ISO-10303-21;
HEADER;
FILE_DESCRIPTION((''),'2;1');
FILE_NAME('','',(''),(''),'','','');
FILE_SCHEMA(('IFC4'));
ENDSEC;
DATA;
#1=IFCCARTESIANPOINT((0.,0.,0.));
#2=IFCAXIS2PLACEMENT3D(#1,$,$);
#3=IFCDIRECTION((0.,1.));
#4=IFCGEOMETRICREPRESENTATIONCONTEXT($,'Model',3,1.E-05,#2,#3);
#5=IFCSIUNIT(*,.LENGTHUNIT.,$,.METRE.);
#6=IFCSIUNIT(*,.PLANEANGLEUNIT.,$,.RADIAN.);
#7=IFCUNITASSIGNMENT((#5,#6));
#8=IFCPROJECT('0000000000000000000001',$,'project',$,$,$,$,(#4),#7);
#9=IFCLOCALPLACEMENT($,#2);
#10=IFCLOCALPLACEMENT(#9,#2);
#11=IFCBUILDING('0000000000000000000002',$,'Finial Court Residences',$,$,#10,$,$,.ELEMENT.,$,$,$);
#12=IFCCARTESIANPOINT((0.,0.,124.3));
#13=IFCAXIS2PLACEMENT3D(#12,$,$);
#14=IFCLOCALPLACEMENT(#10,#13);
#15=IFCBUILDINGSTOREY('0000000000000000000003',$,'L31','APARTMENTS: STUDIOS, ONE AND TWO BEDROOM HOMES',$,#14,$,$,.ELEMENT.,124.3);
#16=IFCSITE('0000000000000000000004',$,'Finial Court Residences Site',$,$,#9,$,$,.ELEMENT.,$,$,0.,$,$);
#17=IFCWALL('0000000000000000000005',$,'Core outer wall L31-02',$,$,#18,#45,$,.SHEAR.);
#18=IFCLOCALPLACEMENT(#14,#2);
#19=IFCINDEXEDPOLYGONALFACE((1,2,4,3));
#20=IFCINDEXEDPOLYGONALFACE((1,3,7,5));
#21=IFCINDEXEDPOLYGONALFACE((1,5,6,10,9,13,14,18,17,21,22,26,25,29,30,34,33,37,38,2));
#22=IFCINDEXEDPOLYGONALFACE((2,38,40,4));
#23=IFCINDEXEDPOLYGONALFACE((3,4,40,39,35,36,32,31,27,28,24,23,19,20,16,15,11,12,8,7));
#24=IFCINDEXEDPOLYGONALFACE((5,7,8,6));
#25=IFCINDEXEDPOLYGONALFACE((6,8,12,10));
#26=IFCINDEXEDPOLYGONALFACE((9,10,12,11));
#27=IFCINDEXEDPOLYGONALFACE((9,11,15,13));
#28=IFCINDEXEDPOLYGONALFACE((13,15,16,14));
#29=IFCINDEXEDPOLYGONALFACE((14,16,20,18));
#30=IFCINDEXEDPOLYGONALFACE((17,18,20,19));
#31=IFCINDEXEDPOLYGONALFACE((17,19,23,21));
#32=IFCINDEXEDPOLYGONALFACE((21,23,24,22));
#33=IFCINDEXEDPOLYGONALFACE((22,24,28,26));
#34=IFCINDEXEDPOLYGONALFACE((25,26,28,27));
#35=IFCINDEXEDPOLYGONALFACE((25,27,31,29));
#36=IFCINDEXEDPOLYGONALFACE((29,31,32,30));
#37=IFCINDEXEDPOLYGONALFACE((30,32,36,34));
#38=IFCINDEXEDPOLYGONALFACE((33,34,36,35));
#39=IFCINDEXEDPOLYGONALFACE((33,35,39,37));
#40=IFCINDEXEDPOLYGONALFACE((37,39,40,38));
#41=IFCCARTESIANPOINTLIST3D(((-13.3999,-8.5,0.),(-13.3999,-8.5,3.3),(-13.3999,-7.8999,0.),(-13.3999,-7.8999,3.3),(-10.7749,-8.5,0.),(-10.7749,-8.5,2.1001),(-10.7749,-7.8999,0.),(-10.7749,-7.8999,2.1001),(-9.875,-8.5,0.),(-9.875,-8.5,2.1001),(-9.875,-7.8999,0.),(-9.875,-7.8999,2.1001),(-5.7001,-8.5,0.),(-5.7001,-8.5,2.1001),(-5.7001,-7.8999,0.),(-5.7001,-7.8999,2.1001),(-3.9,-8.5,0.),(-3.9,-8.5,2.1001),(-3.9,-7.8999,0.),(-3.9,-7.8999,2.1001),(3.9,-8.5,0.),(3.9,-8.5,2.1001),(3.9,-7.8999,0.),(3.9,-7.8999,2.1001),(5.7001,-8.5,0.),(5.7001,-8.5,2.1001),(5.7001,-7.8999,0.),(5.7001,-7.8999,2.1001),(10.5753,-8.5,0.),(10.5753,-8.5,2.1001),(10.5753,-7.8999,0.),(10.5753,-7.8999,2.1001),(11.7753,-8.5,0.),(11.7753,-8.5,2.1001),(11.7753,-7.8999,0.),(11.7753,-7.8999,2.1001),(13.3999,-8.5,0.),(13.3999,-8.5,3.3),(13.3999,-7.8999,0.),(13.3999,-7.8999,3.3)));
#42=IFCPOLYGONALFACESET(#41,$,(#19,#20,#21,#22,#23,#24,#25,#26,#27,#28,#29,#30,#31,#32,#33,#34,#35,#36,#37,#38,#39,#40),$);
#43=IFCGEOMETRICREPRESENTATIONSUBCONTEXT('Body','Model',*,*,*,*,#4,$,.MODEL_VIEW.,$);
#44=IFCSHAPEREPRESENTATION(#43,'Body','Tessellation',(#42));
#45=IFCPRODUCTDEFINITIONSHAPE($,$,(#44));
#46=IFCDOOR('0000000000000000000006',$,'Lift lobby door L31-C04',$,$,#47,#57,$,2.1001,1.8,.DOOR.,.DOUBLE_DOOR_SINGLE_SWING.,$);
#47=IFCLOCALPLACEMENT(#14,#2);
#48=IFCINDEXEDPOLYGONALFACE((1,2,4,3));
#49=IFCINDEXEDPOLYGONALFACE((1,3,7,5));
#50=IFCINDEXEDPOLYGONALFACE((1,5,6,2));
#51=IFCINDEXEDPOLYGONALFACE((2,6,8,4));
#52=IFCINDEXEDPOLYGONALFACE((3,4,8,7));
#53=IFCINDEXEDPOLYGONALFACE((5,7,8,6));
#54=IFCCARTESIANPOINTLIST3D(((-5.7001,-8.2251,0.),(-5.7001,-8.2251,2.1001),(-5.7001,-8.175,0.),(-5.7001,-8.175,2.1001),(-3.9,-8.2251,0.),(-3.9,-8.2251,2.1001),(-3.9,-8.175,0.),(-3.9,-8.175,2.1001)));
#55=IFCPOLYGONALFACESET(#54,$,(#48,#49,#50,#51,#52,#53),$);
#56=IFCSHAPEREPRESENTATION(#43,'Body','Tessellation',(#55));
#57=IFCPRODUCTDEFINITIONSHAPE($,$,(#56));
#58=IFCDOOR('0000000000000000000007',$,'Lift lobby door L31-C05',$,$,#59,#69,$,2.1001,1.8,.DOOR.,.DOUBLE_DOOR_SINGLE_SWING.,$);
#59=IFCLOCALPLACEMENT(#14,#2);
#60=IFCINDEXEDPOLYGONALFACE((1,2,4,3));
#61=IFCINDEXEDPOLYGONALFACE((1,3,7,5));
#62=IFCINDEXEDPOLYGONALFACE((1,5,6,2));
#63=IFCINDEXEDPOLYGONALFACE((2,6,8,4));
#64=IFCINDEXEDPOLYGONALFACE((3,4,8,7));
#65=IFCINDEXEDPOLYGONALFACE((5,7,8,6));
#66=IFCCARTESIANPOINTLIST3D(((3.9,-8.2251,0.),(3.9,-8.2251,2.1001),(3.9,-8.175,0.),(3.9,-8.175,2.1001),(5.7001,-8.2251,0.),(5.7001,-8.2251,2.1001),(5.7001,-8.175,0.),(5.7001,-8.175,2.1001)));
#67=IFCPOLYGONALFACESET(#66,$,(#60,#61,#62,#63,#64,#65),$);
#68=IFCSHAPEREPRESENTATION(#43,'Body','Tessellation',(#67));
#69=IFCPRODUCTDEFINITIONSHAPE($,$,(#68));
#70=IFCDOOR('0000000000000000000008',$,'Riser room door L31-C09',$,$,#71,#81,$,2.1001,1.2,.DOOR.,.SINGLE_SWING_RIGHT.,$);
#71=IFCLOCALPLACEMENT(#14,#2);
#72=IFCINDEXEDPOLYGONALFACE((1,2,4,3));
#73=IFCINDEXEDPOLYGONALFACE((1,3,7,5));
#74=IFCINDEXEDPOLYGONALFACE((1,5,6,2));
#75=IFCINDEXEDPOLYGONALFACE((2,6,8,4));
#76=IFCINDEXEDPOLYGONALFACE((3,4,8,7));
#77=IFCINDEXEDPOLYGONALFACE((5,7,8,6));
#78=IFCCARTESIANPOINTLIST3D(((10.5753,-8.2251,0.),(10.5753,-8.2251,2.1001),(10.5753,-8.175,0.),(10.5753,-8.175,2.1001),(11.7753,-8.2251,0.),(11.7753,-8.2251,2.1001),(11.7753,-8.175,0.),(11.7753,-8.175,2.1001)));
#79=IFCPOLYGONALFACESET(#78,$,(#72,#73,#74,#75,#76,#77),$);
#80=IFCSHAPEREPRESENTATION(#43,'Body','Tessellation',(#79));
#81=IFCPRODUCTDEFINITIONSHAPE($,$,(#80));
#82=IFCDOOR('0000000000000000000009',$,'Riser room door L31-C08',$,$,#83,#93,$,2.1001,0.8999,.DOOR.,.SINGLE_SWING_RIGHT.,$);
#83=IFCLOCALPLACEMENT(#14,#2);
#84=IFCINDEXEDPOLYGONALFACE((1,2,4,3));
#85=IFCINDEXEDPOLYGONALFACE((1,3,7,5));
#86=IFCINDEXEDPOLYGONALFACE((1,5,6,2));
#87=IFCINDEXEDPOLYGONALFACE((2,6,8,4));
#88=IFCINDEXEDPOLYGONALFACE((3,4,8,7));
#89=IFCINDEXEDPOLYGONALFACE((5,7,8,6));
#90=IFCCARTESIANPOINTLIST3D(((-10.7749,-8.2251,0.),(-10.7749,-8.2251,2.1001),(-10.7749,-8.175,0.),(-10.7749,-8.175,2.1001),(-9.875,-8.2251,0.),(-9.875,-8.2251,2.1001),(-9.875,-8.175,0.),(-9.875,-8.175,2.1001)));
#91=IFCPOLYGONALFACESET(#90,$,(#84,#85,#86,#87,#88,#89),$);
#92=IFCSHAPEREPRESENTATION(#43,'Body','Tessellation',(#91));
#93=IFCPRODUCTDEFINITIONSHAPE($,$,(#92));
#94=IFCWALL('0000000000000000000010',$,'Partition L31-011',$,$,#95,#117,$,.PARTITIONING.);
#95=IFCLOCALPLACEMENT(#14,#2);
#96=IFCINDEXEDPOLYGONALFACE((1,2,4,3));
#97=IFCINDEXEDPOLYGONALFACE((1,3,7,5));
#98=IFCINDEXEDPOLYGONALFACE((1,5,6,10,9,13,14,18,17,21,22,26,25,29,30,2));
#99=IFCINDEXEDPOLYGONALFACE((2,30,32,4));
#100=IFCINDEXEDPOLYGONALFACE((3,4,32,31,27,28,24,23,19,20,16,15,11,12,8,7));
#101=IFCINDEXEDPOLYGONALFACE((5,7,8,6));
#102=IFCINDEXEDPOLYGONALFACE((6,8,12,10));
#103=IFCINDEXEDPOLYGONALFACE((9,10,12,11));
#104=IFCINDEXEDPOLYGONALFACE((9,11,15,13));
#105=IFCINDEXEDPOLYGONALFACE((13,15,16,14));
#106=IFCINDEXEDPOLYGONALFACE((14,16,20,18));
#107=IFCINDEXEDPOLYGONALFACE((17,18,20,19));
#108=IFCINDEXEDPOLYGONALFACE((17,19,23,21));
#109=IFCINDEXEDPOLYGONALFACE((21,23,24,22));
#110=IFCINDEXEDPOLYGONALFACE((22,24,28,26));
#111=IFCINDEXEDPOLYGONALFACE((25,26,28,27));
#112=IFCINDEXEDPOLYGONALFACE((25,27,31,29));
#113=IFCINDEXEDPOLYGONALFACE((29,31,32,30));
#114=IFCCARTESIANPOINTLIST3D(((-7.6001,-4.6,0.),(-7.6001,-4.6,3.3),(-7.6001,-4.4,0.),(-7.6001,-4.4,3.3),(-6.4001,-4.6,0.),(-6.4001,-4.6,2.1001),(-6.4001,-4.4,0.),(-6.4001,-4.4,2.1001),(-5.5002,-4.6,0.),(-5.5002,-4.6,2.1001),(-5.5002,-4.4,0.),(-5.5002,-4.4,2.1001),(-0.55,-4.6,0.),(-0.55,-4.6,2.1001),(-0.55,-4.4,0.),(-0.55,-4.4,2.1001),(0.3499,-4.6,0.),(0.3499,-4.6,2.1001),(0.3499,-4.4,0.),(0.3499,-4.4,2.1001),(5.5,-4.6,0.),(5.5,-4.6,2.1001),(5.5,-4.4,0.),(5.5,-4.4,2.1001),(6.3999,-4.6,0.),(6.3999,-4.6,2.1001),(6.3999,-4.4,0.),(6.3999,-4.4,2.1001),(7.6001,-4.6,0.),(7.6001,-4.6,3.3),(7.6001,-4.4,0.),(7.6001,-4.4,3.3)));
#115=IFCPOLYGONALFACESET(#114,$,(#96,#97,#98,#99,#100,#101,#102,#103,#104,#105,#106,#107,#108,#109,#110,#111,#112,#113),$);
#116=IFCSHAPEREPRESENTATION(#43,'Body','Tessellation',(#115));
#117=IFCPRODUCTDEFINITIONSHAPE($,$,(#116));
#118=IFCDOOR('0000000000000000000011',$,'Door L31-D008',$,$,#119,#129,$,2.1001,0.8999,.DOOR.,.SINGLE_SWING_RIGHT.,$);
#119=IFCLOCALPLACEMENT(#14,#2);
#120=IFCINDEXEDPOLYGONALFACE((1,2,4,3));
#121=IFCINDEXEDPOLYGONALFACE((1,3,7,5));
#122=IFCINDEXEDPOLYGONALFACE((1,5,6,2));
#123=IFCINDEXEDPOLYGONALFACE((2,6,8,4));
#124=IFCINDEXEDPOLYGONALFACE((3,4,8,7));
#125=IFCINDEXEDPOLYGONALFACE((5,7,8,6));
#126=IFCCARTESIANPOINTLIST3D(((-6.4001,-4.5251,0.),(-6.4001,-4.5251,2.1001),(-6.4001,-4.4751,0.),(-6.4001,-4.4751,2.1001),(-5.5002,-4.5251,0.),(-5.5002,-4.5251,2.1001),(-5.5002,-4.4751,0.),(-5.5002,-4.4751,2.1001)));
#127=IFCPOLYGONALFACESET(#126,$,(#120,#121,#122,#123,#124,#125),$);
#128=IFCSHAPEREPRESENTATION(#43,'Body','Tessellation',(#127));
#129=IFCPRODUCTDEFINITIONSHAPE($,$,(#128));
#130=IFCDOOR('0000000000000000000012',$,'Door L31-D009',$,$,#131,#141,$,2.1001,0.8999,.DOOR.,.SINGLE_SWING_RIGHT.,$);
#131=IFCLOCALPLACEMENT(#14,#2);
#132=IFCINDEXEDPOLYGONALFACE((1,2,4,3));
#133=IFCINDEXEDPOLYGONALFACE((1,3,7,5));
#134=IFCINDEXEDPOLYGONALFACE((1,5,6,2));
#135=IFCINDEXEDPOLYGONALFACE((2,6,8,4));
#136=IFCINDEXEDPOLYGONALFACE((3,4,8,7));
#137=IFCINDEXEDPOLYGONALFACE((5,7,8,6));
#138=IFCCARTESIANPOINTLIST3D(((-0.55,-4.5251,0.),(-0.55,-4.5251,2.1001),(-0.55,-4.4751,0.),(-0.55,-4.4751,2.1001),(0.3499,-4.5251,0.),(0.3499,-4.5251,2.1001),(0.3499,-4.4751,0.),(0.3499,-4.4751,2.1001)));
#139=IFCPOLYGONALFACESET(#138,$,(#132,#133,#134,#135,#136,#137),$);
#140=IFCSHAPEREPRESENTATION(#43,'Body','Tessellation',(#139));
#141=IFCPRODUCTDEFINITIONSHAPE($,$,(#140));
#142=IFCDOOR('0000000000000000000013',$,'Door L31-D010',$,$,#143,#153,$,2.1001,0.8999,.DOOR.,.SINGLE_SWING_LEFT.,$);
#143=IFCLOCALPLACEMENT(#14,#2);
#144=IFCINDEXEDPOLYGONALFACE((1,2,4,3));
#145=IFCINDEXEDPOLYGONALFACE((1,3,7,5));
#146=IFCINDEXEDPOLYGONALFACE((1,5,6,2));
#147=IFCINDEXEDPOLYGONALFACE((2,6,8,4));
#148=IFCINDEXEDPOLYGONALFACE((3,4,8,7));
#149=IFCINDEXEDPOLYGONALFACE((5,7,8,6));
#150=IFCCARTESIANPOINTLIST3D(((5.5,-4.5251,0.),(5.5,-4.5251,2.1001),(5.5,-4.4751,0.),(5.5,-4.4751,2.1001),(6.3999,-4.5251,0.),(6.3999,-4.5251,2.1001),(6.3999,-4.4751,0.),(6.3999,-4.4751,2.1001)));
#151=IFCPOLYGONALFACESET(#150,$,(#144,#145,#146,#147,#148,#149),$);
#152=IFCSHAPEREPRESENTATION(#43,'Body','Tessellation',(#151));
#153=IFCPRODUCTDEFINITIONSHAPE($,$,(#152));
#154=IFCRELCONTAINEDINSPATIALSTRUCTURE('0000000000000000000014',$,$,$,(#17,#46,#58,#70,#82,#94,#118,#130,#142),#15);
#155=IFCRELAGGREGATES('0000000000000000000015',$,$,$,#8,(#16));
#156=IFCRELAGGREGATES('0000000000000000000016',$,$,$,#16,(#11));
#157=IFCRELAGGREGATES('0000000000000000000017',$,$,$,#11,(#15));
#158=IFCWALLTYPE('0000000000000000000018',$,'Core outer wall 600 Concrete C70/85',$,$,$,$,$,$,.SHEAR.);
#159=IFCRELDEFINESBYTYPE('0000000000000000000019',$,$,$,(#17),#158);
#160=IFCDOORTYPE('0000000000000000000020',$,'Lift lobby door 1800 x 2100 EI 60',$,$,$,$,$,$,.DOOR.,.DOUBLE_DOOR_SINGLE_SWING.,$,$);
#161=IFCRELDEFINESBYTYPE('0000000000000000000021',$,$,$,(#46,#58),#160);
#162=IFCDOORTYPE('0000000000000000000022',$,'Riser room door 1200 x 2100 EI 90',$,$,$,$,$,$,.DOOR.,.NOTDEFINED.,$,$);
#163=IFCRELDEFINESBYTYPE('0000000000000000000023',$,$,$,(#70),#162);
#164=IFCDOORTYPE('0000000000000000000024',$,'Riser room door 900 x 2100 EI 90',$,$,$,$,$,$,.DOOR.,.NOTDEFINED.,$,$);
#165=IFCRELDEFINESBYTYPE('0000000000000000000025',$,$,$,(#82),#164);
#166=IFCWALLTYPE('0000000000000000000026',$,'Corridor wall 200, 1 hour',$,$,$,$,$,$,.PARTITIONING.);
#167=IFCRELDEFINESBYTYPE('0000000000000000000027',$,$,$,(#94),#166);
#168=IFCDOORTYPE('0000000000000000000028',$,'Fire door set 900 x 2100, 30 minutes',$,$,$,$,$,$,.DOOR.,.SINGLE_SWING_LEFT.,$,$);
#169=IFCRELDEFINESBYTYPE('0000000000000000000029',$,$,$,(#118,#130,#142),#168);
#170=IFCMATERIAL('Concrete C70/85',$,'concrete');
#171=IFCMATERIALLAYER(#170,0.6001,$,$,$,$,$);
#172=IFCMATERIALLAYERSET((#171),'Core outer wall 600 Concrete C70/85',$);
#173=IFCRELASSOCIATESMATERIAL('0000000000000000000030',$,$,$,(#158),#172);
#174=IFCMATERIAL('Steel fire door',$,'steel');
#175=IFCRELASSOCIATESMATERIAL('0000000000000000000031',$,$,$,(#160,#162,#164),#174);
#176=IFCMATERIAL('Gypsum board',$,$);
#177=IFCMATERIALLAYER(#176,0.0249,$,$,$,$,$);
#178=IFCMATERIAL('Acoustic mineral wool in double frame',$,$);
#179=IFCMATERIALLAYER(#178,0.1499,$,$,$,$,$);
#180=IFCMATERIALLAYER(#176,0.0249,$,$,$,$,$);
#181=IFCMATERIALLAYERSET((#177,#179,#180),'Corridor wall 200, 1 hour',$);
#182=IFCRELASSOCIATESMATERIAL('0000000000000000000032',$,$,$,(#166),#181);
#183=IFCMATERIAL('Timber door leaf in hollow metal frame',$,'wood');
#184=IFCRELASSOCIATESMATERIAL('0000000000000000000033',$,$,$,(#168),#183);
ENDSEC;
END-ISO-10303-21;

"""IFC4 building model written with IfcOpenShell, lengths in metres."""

from ifc_helpers import new_model, si_unit, direction, frame, frame_2d, origin, place, context, subcontext, project, spatial, rectangle, extrude, material, layer, layer_set, type_object, element, fill, save


model = new_model("IFC4")

# Units and contexts
model_context = context("Model", 3, precision=1e-05, world=origin(), true_north=direction((0.0, 1.0)))
body_context = subcontext(model_context, "Body", "Model", "MODEL_VIEW")
ifc_project = project(units=[si_unit("LENGTHUNIT", "METRE"), si_unit("PLANEANGLEUNIT", "RADIAN")], contexts=[model_context])

# Site, building, storey
site_placement = place(None, origin())
site = spatial("IfcSite", under=ifc_project, at=site_placement, Name="Finial Court Residences Site", CompositionType="ELEMENT", RefElevation=0.0)
building_placement = place(site_placement, origin())
building = spatial("IfcBuilding", under=site, at=building_placement, Name="Finial Court Residences", CompositionType="ELEMENT")
storey_placement = place(building_placement, frame((0.0, 0.0, 124.3)))
storey = spatial("IfcBuildingStorey", under=building, at=storey_placement, Name="L31", Description="APARTMENTS: STUDIOS, ONE AND TWO BEDROOM HOMES", CompositionType="ELEMENT", Elevation=124.3)

# Shared definitions
ifc_material_1 = material(Name="Concrete C70/85", Category="concrete")

# Walls, openings, doors
ifc_layer_1 = layer(ifc_material_1, 0.6001)
ifc_layer_set_1 = layer_set([ifc_layer_1], Name="Core outer wall 600 Concrete C70/85")
wall_type_1 = type_object("IfcWallType", Name="Core outer wall 600 Concrete C70/85", PredefinedType="SHEAR", material=ifc_layer_set_1)
wall_1_placement = place(storey_placement, frame((-13.3999, -8.2, 0.0), z_axis=(0.0, 0.0, 1.0), x_axis=(1.0, 0.0, 0.0)))
wall_1 = element("IfcWall", 1, at=wall_1_placement, inside=storey, type_object=wall_type_1, Name="Core outer wall L31-02", PredefinedType="SHEAR", context=body_context, shape_type="SweptSolid", body=[
    extrude(rectangle(XDim=26.7998, YDim=0.6001, at=frame_2d((13.3999, 0.0))), origin(), (0.0, 0.0, 1.0), 3.3),
])
opening_1_placement = place(wall_1_placement, frame((7.7, 0.0, 0.0)))
opening_1 = element("IfcOpeningElement", 2, at=opening_1_placement, cuts=wall_1, PredefinedType="OPENING", context=body_context, shape_type="SweptSolid", body=[
    extrude(rectangle(XDim=1.8, YDim=2.1001, at=frame_2d((0.8999, 1.05))), frame((0.0, 0.3101, 0.0), z_axis=(0.0, -1.0, 0.0), x_axis=(1.0, 0.0, 0.0)), (0.0, 0.0, 1.0), 0.6201),
])
opening_2_placement = place(wall_1_placement, frame((17.3, 0.0, 0.0)))
opening_2 = element("IfcOpeningElement", 3, at=opening_2_placement, cuts=wall_1, PredefinedType="OPENING", context=body_context, shape_type="SweptSolid", body=[
    extrude(rectangle(XDim=1.8, YDim=2.1001, at=frame_2d((0.8999, 1.05))), frame((0.0, 0.3101, 0.0), z_axis=(0.0, -1.0, 0.0), x_axis=(1.0, 0.0, 0.0)), (0.0, 0.0, 1.0), 0.6201),
])
opening_3_placement = place(wall_1_placement, frame((2.625, 0.0, 0.0)))
opening_3 = element("IfcOpeningElement", 4, at=opening_3_placement, cuts=wall_1, PredefinedType="OPENING", context=body_context, shape_type="SweptSolid", body=[
    extrude(rectangle(XDim=0.8999, YDim=2.1001, at=frame_2d((0.45, 1.05))), frame((0.0, 0.3101, 0.0), z_axis=(0.0, -1.0, 0.0), x_axis=(1.0, 0.0, 0.0)), (0.0, 0.0, 1.0), 0.6201),
])
opening_4_placement = place(wall_1_placement, frame((23.9751, 0.0, 0.0)))
opening_4 = element("IfcOpeningElement", 5, at=opening_4_placement, cuts=wall_1, PredefinedType="OPENING", context=body_context, shape_type="SweptSolid", body=[
    extrude(rectangle(XDim=1.2, YDim=2.1001, at=frame_2d((0.6001, 1.05))), frame((0.0, 0.3101, 0.0), z_axis=(0.0, -1.0, 0.0), x_axis=(1.0, 0.0, 0.0)), (0.0, 0.0, 1.0), 0.6201),
])
ifc_material_2 = material(Name="Steel fire door", Category="steel")
door_type_1 = type_object("IfcDoorType", Name="Lift lobby door 1800 x 2100 EI 60", OperationType="DOUBLE_DOOR_SINGLE_SWING", PredefinedType="DOOR", material=ifc_material_2)
door_1_placement = place(opening_1_placement, origin())
door_1 = element("IfcDoor", 6, at=door_1_placement, inside=storey, type_object=door_type_1, Name="Lift lobby door L31-C04", OperationType="DOUBLE_DOOR_SINGLE_SWING", OverallHeight=2.1001, OverallWidth=1.8, PredefinedType="DOOR", context=body_context, shape_type="SweptSolid", body=[
    extrude(rectangle(XDim=1.8, YDim=2.1001, at=frame_2d((0.8999, 1.05))), frame((0.0, 0.0249, 0.0), z_axis=(0.0, -1.0, 0.0), x_axis=(1.0, 0.0, 0.0)), (0.0, 0.0, 1.0), 0.05),
])
fill(opening_1, door_1)
door_2_placement = place(opening_2_placement, origin())
door_2 = element("IfcDoor", 7, at=door_2_placement, inside=storey, type_object=door_type_1, Name="Lift lobby door L31-C05", OperationType="DOUBLE_DOOR_SINGLE_SWING", OverallHeight=2.1001, OverallWidth=1.8, PredefinedType="DOOR", context=body_context, shape_type="SweptSolid", body=[
    extrude(rectangle(XDim=1.8, YDim=2.1001, at=frame_2d((0.8999, 1.05))), frame((0.0, 0.0249, 0.0), z_axis=(0.0, -1.0, 0.0), x_axis=(1.0, 0.0, 0.0)), (0.0, 0.0, 1.0), 0.05),
])
fill(opening_2, door_2)
door_type_2 = type_object("IfcDoorType", Name="Riser room door 1200 x 2100 EI 90", OperationType="NOTDEFINED", PredefinedType="DOOR", material=ifc_material_2)
door_3_placement = place(opening_4_placement, origin())
door_3 = element("IfcDoor", 8, at=door_3_placement, inside=storey, type_object=door_type_2, Name="Riser room door L31-C09", OperationType="SINGLE_SWING_RIGHT", OverallHeight=2.1001, OverallWidth=1.2, PredefinedType="DOOR", context=body_context, shape_type="SweptSolid", body=[
    extrude(rectangle(XDim=1.2, YDim=2.1001, at=frame_2d((0.6001, 1.05))), frame((0.0, 0.0249, 0.0), z_axis=(0.0, -1.0, 0.0), x_axis=(1.0, 0.0, 0.0)), (0.0, 0.0, 1.0), 0.05),
])
fill(opening_4, door_3)
door_type_3 = type_object("IfcDoorType", Name="Riser room door 900 x 2100 EI 90", OperationType="NOTDEFINED", PredefinedType="DOOR", material=ifc_material_2)
door_4_placement = place(opening_3_placement, origin())
door_4 = element("IfcDoor", 9, at=door_4_placement, inside=storey, type_object=door_type_3, Name="Riser room door L31-C08", OperationType="SINGLE_SWING_RIGHT", OverallHeight=2.1001, OverallWidth=0.8999, PredefinedType="DOOR", context=body_context, shape_type="SweptSolid", body=[
    extrude(rectangle(XDim=0.8999, YDim=2.1001, at=frame_2d((0.45, 1.05))), frame((0.0, 0.0249, 0.0), z_axis=(0.0, -1.0, 0.0), x_axis=(1.0, 0.0, 0.0)), (0.0, 0.0, 1.0), 0.05),
])
fill(opening_3, door_4)
ifc_material_3 = material(Name="Gypsum board")
ifc_layer_2 = layer(ifc_material_3, 0.0249)
ifc_material_4 = material(Name="Acoustic mineral wool in double frame")
ifc_layer_3 = layer(ifc_material_4, 0.1499)
ifc_layer_4 = layer(ifc_material_3, 0.0249)
ifc_layer_set_2 = layer_set([ifc_layer_2, ifc_layer_3, ifc_layer_4], Name="Corridor wall 200, 1 hour")
wall_type_2 = type_object("IfcWallType", Name="Corridor wall 200, 1 hour", PredefinedType="PARTITIONING", material=ifc_layer_set_2)
wall_2_placement = place(storey_placement, frame((-7.6001, -4.5, 0.0), z_axis=(0.0, 0.0, 1.0), x_axis=(1.0, 0.0, 0.0)))
wall_2 = element("IfcWall", 10, at=wall_2_placement, inside=storey, type_object=wall_type_2, Name="Partition L31-011", PredefinedType="PARTITIONING", context=body_context, shape_type="SweptSolid", body=[
    extrude(rectangle(XDim=15.2002, YDim=0.2, at=frame_2d((7.6001, 0.0))), origin(), (0.0, 0.0, 1.0), 3.3),
])
opening_5_placement = place(wall_2_placement, frame((1.2, 0.0, 0.0)))
opening_5 = element("IfcOpeningElement", 11, at=opening_5_placement, cuts=wall_2, PredefinedType="OPENING", context=body_context, shape_type="SweptSolid", body=[
    extrude(rectangle(XDim=0.8999, YDim=2.1001, at=frame_2d((0.45, 1.05))), frame((0.0, 0.1099, 0.0), z_axis=(0.0, -1.0, 0.0), x_axis=(1.0, 0.0, 0.0)), (0.0, 0.0, 1.0), 0.22),
])
opening_6_placement = place(wall_2_placement, frame((7.05, 0.0, 0.0)))
opening_6 = element("IfcOpeningElement", 12, at=opening_6_placement, cuts=wall_2, PredefinedType="OPENING", context=body_context, shape_type="SweptSolid", body=[
    extrude(rectangle(XDim=0.8999, YDim=2.1001, at=frame_2d((0.45, 1.05))), frame((0.0, 0.1099, 0.0), z_axis=(0.0, -1.0, 0.0), x_axis=(1.0, 0.0, 0.0)), (0.0, 0.0, 1.0), 0.22),
])
opening_7_placement = place(wall_2_placement, frame((13.1001, 0.0, 0.0)))
opening_7 = element("IfcOpeningElement", 13, at=opening_7_placement, cuts=wall_2, PredefinedType="OPENING", context=body_context, shape_type="SweptSolid", body=[
    extrude(rectangle(XDim=0.8999, YDim=2.1001, at=frame_2d((0.45, 1.05))), frame((0.0, 0.1099, 0.0), z_axis=(0.0, -1.0, 0.0), x_axis=(1.0, 0.0, 0.0)), (0.0, 0.0, 1.0), 0.22),
])
ifc_material_5 = material(Name="Timber door leaf in hollow metal frame", Category="wood")
door_type_4 = type_object("IfcDoorType", Name="Fire door set 900 x 2100, 30 minutes", OperationType="SINGLE_SWING_LEFT", PredefinedType="DOOR", material=ifc_material_5)
door_5_placement = place(opening_5_placement, origin())
door_5 = element("IfcDoor", 14, at=door_5_placement, inside=storey, type_object=door_type_4, Name="Door L31-D008", OperationType="SINGLE_SWING_RIGHT", OverallHeight=2.1001, OverallWidth=0.8999, PredefinedType="DOOR", context=body_context, shape_type="SweptSolid", body=[
    extrude(rectangle(XDim=0.8999, YDim=2.1001, at=frame_2d((0.45, 1.05))), frame((0.0, 0.0249, 0.0), z_axis=(0.0, -1.0, 0.0), x_axis=(1.0, 0.0, 0.0)), (0.0, 0.0, 1.0), 0.05),
])
fill(opening_5, door_5)
door_6_placement = place(opening_6_placement, origin())
door_6 = element("IfcDoor", 15, at=door_6_placement, inside=storey, type_object=door_type_4, Name="Door L31-D009", OperationType="SINGLE_SWING_RIGHT", OverallHeight=2.1001, OverallWidth=0.8999, PredefinedType="DOOR", context=body_context, shape_type="SweptSolid", body=[
    extrude(rectangle(XDim=0.8999, YDim=2.1001, at=frame_2d((0.45, 1.05))), frame((0.0, 0.0249, 0.0), z_axis=(0.0, -1.0, 0.0), x_axis=(1.0, 0.0, 0.0)), (0.0, 0.0, 1.0), 0.05),
])
fill(opening_6, door_6)
door_7_placement = place(opening_7_placement, origin())
door_7 = element("IfcDoor", 16, at=door_7_placement, inside=storey, type_object=door_type_4, Name="Door L31-D010", OperationType="SINGLE_SWING_LEFT", OverallHeight=2.1001, OverallWidth=0.8999, PredefinedType="DOOR", context=body_context, shape_type="SweptSolid", body=[
    extrude(rectangle(XDim=0.8999, YDim=2.1001, at=frame_2d((0.45, 1.05))), frame((0.0, 0.0249, 0.0), z_axis=(0.0, -1.0, 0.0), x_axis=(1.0, 0.0, 0.0)), (0.0, 0.0, 1.0), 0.05),
])
fill(opening_7, door_7)

save(model, "model.ifc")
